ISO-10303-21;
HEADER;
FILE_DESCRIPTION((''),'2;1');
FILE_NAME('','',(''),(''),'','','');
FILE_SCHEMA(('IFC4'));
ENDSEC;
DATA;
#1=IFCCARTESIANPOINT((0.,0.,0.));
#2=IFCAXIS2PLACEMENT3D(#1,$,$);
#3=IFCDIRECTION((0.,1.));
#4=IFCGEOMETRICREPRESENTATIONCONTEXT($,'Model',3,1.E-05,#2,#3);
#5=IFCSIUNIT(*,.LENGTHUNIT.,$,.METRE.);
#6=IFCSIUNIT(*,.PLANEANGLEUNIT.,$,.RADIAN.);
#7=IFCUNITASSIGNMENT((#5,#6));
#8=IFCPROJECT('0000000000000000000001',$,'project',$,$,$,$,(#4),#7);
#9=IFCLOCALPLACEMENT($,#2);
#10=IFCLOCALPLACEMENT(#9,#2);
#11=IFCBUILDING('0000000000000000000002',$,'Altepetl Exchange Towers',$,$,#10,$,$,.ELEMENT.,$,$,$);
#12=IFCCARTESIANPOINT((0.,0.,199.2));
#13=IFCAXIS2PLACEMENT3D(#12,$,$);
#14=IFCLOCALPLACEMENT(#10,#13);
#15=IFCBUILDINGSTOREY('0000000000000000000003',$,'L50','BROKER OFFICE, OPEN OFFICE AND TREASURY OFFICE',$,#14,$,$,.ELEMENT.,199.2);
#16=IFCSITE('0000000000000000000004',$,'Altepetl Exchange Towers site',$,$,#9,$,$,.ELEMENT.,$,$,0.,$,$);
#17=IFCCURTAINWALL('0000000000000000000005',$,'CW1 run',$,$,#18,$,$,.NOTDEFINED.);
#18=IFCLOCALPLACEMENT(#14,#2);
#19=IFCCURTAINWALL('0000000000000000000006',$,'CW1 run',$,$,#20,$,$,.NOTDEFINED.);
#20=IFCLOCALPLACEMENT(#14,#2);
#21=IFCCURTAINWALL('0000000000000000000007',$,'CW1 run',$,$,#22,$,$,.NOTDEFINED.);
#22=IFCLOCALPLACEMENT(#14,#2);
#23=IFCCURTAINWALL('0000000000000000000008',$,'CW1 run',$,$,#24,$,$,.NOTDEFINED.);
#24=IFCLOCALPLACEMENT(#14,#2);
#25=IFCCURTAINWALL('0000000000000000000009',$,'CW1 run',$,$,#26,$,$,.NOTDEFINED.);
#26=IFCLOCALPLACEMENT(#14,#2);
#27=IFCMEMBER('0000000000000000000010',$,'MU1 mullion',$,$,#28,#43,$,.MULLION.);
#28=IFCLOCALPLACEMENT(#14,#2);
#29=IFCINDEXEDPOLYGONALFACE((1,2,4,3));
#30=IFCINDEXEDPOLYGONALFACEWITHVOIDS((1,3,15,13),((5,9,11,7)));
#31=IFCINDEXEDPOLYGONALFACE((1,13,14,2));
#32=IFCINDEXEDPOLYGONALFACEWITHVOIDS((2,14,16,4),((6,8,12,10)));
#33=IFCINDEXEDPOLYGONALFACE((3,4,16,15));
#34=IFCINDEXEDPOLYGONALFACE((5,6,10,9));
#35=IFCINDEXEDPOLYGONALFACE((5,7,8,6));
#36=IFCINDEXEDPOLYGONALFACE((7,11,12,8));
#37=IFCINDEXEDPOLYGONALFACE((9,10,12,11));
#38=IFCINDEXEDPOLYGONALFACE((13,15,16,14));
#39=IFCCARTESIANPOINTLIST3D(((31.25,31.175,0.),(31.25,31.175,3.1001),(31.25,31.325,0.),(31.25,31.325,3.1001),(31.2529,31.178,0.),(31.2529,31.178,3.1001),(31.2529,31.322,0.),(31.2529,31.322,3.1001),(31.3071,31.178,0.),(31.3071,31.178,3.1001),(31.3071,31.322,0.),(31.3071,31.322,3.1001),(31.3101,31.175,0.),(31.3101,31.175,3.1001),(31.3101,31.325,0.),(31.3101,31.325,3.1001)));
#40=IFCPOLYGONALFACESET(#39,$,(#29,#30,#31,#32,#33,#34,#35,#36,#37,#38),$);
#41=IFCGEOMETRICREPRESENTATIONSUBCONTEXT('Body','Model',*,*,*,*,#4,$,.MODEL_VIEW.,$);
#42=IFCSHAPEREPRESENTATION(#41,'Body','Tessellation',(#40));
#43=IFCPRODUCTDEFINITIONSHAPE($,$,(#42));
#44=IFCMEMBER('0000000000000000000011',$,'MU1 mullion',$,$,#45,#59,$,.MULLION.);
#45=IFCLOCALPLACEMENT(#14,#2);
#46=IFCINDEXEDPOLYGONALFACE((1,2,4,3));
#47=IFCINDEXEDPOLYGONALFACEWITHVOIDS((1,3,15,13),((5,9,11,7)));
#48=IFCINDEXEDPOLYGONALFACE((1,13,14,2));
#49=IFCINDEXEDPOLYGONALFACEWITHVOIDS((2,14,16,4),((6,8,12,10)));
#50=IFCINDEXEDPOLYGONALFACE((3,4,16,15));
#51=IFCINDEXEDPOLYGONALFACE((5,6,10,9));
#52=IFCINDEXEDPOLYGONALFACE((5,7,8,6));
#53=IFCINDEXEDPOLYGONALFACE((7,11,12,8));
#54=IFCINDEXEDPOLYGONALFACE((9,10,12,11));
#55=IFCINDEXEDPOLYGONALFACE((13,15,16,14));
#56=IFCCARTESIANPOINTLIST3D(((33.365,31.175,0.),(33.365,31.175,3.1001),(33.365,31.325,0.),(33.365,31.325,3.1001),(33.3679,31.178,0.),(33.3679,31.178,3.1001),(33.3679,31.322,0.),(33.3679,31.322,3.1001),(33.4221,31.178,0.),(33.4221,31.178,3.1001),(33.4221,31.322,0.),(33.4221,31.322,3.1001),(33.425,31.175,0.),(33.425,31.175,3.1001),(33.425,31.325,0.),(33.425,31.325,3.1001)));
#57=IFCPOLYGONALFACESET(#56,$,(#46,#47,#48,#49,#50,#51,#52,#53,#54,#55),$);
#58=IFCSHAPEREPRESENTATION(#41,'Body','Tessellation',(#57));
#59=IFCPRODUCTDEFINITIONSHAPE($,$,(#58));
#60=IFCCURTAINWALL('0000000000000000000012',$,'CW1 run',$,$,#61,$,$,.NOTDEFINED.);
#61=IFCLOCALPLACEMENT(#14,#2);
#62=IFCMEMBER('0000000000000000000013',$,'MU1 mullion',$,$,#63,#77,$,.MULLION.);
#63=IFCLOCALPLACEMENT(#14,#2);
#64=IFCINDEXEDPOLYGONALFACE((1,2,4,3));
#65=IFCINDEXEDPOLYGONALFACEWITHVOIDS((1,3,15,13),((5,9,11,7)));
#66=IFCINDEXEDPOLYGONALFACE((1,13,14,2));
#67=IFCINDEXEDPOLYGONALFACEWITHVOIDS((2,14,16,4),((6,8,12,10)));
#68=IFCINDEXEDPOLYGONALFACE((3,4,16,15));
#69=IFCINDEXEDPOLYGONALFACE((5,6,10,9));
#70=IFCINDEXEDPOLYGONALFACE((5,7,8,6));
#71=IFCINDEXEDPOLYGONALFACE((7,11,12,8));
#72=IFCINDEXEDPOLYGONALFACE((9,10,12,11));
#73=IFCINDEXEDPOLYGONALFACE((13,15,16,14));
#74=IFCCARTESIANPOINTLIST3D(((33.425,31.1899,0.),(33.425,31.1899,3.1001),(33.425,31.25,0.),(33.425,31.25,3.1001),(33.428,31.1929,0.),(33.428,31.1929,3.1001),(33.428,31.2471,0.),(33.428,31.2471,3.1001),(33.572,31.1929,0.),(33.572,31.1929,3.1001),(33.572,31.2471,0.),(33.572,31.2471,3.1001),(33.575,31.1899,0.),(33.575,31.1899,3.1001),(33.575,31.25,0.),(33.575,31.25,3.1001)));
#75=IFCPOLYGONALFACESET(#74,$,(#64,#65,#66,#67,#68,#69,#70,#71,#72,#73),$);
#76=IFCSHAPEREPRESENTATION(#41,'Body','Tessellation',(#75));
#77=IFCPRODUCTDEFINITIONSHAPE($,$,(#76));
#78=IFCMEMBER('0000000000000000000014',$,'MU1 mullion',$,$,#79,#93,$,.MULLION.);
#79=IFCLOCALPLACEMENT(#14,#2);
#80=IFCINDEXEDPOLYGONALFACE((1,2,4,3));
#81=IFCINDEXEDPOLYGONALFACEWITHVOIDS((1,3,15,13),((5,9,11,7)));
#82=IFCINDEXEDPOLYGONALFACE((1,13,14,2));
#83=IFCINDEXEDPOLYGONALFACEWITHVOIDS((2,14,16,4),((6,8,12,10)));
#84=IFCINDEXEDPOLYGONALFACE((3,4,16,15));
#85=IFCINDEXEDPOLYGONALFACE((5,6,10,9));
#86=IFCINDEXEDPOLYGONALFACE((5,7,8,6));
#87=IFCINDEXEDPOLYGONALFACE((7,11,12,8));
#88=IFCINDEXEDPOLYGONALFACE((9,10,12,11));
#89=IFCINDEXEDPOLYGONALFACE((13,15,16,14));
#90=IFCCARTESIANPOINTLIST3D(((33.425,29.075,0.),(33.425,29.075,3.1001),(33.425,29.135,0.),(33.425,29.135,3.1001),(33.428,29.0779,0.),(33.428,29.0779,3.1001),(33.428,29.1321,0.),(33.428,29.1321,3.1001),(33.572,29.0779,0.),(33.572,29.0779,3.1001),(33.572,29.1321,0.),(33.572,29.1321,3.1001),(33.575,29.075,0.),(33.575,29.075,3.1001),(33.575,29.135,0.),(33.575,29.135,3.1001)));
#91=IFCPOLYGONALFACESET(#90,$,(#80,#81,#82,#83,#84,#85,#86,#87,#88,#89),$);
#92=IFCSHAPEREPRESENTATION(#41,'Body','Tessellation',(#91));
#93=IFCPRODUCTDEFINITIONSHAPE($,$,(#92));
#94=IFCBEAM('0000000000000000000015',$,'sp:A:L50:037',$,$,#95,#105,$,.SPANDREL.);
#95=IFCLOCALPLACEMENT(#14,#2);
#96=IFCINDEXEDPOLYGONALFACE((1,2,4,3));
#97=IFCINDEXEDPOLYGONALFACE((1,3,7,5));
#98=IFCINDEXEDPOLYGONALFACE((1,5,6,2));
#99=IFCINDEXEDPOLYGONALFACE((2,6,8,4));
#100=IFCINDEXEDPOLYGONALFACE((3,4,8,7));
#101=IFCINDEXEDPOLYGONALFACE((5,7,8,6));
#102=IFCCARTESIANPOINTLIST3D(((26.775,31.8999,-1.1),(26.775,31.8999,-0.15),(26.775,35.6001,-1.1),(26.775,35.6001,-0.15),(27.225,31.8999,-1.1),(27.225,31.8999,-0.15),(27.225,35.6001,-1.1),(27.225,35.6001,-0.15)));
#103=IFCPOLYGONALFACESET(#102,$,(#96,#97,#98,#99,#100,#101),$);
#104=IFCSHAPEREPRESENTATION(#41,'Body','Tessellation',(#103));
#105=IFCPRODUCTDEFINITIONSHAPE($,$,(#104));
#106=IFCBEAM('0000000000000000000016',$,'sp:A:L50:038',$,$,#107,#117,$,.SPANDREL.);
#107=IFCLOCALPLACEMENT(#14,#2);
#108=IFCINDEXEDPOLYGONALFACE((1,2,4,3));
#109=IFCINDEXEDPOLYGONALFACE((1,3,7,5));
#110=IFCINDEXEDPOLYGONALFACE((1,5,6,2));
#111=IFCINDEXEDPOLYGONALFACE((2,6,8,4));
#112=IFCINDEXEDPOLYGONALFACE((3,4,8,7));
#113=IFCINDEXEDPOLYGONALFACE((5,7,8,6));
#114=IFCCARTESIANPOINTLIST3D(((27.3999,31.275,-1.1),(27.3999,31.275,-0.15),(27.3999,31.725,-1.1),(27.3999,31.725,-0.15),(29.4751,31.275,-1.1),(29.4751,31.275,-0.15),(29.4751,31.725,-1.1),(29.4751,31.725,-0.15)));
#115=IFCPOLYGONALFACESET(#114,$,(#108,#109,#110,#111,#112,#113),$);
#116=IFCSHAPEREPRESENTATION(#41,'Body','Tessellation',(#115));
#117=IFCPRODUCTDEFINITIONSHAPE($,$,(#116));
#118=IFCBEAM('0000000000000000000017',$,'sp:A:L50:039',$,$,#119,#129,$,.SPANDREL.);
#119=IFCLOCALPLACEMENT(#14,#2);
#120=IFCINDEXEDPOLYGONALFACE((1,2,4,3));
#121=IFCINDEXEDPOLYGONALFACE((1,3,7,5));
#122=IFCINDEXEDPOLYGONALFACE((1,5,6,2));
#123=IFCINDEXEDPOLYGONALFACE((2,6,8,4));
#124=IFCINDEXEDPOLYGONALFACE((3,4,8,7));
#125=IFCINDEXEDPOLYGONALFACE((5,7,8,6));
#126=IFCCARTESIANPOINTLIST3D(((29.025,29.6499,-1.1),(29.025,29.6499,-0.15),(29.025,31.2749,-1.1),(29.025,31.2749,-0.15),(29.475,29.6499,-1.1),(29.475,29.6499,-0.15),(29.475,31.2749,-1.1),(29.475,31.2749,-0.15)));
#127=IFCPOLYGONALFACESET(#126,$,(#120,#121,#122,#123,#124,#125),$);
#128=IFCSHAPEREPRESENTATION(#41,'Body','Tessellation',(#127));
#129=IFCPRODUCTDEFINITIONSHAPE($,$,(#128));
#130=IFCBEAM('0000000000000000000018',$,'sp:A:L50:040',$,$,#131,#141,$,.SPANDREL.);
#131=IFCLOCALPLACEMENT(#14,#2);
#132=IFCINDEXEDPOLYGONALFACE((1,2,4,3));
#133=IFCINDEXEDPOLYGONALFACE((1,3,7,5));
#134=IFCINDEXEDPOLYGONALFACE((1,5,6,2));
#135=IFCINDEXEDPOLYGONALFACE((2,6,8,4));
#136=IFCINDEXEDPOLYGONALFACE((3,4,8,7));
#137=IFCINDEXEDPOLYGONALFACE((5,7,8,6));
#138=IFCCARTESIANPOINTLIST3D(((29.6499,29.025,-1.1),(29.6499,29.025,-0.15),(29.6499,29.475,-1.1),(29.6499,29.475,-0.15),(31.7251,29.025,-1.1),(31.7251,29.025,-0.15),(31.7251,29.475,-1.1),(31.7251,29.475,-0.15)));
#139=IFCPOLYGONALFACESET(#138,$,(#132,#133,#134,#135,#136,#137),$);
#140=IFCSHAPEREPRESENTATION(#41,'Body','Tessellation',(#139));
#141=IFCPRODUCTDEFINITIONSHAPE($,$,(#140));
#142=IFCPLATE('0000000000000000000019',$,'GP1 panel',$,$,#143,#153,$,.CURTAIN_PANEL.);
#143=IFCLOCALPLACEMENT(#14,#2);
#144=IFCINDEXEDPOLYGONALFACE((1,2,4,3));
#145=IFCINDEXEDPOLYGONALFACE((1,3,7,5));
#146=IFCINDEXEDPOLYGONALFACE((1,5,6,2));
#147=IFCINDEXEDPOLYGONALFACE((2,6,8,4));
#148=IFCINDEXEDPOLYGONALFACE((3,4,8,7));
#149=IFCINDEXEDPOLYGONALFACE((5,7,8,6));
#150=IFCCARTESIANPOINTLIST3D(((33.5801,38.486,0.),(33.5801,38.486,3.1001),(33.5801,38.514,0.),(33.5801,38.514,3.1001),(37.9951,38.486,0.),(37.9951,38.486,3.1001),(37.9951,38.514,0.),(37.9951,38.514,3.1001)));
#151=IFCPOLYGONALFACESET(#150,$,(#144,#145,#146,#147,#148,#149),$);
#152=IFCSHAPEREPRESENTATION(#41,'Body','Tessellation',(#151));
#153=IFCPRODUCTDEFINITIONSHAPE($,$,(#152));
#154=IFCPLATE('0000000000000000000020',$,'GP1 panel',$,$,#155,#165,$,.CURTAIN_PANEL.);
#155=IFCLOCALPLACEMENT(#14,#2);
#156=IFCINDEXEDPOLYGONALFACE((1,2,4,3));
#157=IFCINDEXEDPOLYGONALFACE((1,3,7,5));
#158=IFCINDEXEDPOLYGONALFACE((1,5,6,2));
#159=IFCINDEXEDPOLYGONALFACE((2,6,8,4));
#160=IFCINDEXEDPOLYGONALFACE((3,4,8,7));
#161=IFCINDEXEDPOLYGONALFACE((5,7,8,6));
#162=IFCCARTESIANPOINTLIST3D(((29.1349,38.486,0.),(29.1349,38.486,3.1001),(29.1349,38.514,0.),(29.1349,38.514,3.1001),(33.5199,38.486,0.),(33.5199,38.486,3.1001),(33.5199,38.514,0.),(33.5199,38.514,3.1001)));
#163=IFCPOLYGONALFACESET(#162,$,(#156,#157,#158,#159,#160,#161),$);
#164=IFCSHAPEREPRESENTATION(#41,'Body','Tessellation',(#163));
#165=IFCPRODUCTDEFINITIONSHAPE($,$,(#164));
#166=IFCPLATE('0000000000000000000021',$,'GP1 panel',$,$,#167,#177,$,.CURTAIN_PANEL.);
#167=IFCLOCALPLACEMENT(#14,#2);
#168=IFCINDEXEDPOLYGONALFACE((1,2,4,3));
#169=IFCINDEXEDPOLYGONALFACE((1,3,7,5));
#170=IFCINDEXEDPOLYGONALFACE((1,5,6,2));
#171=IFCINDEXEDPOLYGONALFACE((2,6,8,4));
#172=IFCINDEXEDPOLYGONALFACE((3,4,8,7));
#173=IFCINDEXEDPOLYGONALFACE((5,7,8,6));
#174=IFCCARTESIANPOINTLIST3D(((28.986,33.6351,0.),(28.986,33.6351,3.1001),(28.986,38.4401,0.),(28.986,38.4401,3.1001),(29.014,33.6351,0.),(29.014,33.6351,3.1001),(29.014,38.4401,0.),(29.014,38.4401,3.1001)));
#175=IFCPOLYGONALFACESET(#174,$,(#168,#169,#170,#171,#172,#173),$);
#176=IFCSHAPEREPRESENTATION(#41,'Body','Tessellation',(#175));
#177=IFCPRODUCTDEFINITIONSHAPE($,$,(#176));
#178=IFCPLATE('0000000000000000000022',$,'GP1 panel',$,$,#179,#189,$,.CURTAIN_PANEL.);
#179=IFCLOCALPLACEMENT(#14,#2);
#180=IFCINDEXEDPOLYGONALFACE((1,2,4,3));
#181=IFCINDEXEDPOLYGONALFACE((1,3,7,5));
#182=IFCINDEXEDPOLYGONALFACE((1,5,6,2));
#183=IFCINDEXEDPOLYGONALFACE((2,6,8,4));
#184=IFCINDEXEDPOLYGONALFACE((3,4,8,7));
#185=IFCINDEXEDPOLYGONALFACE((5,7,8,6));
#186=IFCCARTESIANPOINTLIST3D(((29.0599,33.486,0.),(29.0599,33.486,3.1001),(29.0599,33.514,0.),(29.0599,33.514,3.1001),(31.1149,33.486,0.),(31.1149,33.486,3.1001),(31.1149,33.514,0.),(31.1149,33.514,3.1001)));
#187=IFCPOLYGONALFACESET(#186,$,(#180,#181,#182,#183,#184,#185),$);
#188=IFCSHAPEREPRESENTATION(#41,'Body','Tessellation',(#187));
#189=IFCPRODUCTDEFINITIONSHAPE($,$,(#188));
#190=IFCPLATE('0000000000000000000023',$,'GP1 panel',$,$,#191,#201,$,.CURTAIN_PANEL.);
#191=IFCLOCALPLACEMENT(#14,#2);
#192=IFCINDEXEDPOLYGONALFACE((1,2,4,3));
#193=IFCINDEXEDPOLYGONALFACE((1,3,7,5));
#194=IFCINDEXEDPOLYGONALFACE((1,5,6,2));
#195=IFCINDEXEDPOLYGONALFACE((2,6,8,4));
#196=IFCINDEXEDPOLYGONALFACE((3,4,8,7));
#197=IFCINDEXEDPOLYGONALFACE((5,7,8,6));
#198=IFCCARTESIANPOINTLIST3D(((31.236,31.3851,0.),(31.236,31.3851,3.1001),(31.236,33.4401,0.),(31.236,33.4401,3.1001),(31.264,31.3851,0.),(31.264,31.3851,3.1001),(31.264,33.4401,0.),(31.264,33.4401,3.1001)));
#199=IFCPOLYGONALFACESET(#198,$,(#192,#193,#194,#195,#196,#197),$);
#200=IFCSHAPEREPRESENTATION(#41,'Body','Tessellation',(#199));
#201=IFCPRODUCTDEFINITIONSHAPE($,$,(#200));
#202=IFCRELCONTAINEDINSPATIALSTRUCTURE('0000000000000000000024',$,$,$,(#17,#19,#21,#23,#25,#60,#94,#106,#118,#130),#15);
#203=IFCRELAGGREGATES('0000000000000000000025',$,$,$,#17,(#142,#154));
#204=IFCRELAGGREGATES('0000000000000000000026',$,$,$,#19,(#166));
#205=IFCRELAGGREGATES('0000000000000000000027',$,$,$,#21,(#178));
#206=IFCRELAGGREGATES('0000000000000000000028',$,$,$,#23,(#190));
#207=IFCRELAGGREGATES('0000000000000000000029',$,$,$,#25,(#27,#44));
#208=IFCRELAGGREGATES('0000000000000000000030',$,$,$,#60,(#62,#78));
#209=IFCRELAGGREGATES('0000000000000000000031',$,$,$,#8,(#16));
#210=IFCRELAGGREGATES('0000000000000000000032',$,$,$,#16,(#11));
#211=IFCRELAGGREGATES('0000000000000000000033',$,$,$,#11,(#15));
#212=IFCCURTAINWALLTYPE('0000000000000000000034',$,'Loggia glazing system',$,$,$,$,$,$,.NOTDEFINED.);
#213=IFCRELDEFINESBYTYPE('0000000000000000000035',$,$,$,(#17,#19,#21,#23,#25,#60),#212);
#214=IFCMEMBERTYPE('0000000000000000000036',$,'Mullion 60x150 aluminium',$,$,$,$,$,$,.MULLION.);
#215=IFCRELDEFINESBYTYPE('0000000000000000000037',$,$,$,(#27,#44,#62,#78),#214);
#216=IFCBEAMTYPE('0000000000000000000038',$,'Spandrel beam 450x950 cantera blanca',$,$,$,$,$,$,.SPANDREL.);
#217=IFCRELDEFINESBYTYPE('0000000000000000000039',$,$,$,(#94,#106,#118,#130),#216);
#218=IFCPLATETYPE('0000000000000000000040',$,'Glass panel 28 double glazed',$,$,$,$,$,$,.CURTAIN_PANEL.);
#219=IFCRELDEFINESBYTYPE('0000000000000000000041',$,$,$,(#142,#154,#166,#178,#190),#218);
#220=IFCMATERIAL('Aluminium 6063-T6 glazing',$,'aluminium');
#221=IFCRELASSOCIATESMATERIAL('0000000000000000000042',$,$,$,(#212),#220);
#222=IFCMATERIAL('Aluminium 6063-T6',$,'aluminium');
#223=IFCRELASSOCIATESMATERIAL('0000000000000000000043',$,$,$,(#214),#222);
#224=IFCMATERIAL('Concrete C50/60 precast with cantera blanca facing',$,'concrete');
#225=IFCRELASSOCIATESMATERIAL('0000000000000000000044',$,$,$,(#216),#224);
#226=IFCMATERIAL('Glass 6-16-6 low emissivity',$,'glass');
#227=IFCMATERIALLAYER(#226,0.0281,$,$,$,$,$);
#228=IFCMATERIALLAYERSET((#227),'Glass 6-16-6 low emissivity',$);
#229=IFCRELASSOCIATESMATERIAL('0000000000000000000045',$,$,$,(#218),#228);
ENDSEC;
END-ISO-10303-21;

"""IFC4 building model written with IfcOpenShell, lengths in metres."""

from ifc_helpers import new_model, si_unit, direction, frame, origin, origin_2d, place, context, subcontext, project, spatial, rectangle, hollow_rectangle, extrude, material, layer, layer_set, material_profile, profile_set, type_object, element, aggregate, save


model = new_model("IFC4")

# Units and contexts
model_context = context("Model", 3, precision=1e-05, world=origin(), true_north=direction((0.0, 1.0)))
body_context = subcontext(model_context, "Body", "Model", "MODEL_VIEW")
ifc_project = project(units=[si_unit("LENGTHUNIT", "METRE"), si_unit("PLANEANGLEUNIT", "RADIAN")], contexts=[model_context])

# Site, building, storey
site_placement = place(None, origin())
site = spatial("IfcSite", under=ifc_project, at=site_placement, Name="Altepetl Exchange Towers site", CompositionType="ELEMENT", RefElevation=0.0)
building_placement = place(site_placement, origin())
building = spatial("IfcBuilding", under=site, at=building_placement, Name="Altepetl Exchange Towers", CompositionType="ELEMENT")
storey_placement = place(building_placement, frame((0.0, 0.0, 199.2)))
storey = spatial("IfcBuildingStorey", under=building, at=storey_placement, Name="L50", Description="BROKER OFFICE, OPEN OFFICE AND TREASURY OFFICE", CompositionType="ELEMENT", Elevation=199.2)

# Curtain walls, members
ifc_material_1 = material(Name="Aluminium 6063-T6 glazing", Category="aluminium")
curtain_wall_type = type_object("IfcCurtainWallType", Name="Loggia glazing system", PredefinedType="NOTDEFINED", material=ifc_material_1)
curtain_wall_1_placement = place(storey_placement, origin())
curtain_wall_1 = element("IfcCurtainWall", 1, at=curtain_wall_1_placement, inside=storey, type_object=curtain_wall_type, Name="CW1 run", PredefinedType="NOTDEFINED")
ifc_material_2 = material(Name="Aluminium 6063-T6", Category="aluminium")
ifc_material_profile_1 = material_profile(ifc_material_2, hollow_rectangle(XDim=0.0601, YDim=0.1499, WallThickness=0.0029, at=origin_2d()), Name="Mullion 60x150 aluminium")
ifc_profile_set_1 = profile_set([ifc_material_profile_1], Name="Aluminium 6063-T6")
member_type = type_object("IfcMemberType", Name="Mullion 60x150 aluminium", PredefinedType="MULLION", material=ifc_profile_set_1)
curtain_wall_2_placement = place(storey_placement, origin())
curtain_wall_2 = element("IfcCurtainWall", 2, at=curtain_wall_2_placement, inside=storey, type_object=curtain_wall_type, Name="CW1 run", PredefinedType="NOTDEFINED")
curtain_wall_3_placement = place(storey_placement, origin())
curtain_wall_3 = element("IfcCurtainWall", 3, at=curtain_wall_3_placement, inside=storey, type_object=curtain_wall_type, Name="CW1 run", PredefinedType="NOTDEFINED")
curtain_wall_4_placement = place(storey_placement, origin())
curtain_wall_4 = element("IfcCurtainWall", 4, at=curtain_wall_4_placement, inside=storey, type_object=curtain_wall_type, Name="CW1 run", PredefinedType="NOTDEFINED")
curtain_wall_5_placement = place(storey_placement, origin())
curtain_wall_5 = element("IfcCurtainWall", 5, at=curtain_wall_5_placement, inside=storey, type_object=curtain_wall_type, Name="CW1 run", PredefinedType="NOTDEFINED")
member_1_placement = place(storey_placement, frame((31.28, 31.25, 0.0)))
member_1 = element("IfcMember", 6, at=member_1_placement, type_object=member_type, Name="MU1 mullion", PredefinedType="MULLION", context=body_context, shape_type="SweptSolid", body=[
    extrude(hollow_rectangle(XDim=0.0601, YDim=0.1499, WallThickness=0.0029, at=origin_2d()), origin(), (0.0, 0.0, 1.0), 3.1001),
])
member_2_placement = place(storey_placement, frame((33.395, 31.25, 0.0)))
member_2 = element("IfcMember", 7, at=member_2_placement, type_object=member_type, Name="MU1 mullion", PredefinedType="MULLION", context=body_context, shape_type="SweptSolid", body=[
    extrude(hollow_rectangle(XDim=0.0601, YDim=0.1499, WallThickness=0.0029, at=origin_2d()), origin(), (0.0, 0.0, 1.0), 3.1001),
])
curtain_wall_6_placement = place(storey_placement, origin())
curtain_wall_6 = element("IfcCurtainWall", 8, at=curtain_wall_6_placement, inside=storey, type_object=curtain_wall_type, Name="CW1 run", PredefinedType="NOTDEFINED")
member_3_placement = place(storey_placement, frame((33.5, 31.22, 0.0), z_axis=(0.0, 0.0, 1.0), x_axis=(0.0, -1.0, 0.0)))
member_3 = element("IfcMember", 9, at=member_3_placement, type_object=member_type, Name="MU1 mullion", PredefinedType="MULLION", context=body_context, shape_type="SweptSolid", body=[
    extrude(hollow_rectangle(XDim=0.0601, YDim=0.1499, WallThickness=0.0029, at=origin_2d()), origin(), (0.0, 0.0, 1.0), 3.1001),
])
member_4_placement = place(storey_placement, frame((33.5, 29.105, 0.0), z_axis=(0.0, 0.0, 1.0), x_axis=(0.0, -1.0, 0.0)))
member_4 = element("IfcMember", 10, at=member_4_placement, type_object=member_type, Name="MU1 mullion", PredefinedType="MULLION", context=body_context, shape_type="SweptSolid", body=[
    extrude(hollow_rectangle(XDim=0.0601, YDim=0.1499, WallThickness=0.0029, at=origin_2d()), origin(), (0.0, 0.0, 1.0), 3.1001),
])

# Beams
ifc_material_3 = material(Name="Concrete C50/60 precast with cantera blanca facing", Category="concrete")
ifc_material_profile_2 = material_profile(ifc_material_3, rectangle(XDim=0.45, YDim=0.95, at=origin_2d()), Name="450 x 950")
ifc_profile_set_2 = profile_set([ifc_material_profile_2], Name="Concrete C50/60 precast with cantera blanca facing")
beam_type_1 = type_object("IfcBeamType", Name="Spandrel beam 450x950 cantera blanca", PredefinedType="SPANDREL", material=ifc_profile_set_2)
beam_1_placement = place(storey_placement, frame((27.0, 35.6001, -0.625), z_axis=(0.0, -1.0, 0.0), x_axis=(1.0, 0.0, 0.0)))
element("IfcBeam", 11, at=beam_1_placement, inside=storey, type_object=beam_type_1, Name="sp:A:L50:037", PredefinedType="SPANDREL", context=body_context, shape_type="SweptSolid", body=[
    extrude(rectangle(XDim=0.45, YDim=0.95, at=origin_2d()), origin(), (0.0, 0.0, 1.0), 3.7002),
])
beam_2_placement = place(storey_placement, frame((27.3999, 31.5, -0.625), z_axis=(1.0, 0.0, 0.0), x_axis=(0.0, 1.0, 0.0)))
element("IfcBeam", 12, at=beam_2_placement, inside=storey, type_object=beam_type_1, Name="sp:A:L50:038", PredefinedType="SPANDREL", context=body_context, shape_type="SweptSolid", body=[
    extrude(rectangle(XDim=0.45, YDim=0.95, at=origin_2d()), origin(), (0.0, 0.0, 1.0), 2.0752),
])
beam_3_placement = place(storey_placement, frame((29.25, 31.2749, -0.625), z_axis=(0.0, -1.0, 0.0), x_axis=(1.0, 0.0, 0.0)))
element("IfcBeam", 13, at=beam_3_placement, inside=storey, type_object=beam_type_1, Name="sp:A:L50:039", PredefinedType="SPANDREL", context=body_context, shape_type="SweptSolid", body=[
    extrude(rectangle(XDim=0.45, YDim=0.95, at=origin_2d()), origin(), (0.0, 0.0, 1.0), 1.625),
])
beam_4_placement = place(storey_placement, frame((29.6499, 29.25, -0.625), z_axis=(1.0, 0.0, 0.0), x_axis=(0.0, 1.0, 0.0)))
element("IfcBeam", 14, at=beam_4_placement, inside=storey, type_object=beam_type_1, Name="sp:A:L50:040", PredefinedType="SPANDREL", context=body_context, shape_type="SweptSolid", body=[
    extrude(rectangle(XDim=0.45, YDim=0.95, at=origin_2d()), origin(), (0.0, 0.0, 1.0), 2.0752),
])

# Plates
ifc_material_4 = material(Name="Glass 6-16-6 low emissivity", Category="glass")
ifc_layer = layer(ifc_material_4, 0.0281)
ifc_layer_set = layer_set([ifc_layer], Name="Glass 6-16-6 low emissivity")
plate_type = type_object("IfcPlateType", Name="Glass panel 28 double glazed", PredefinedType="CURTAIN_PANEL", material=ifc_layer_set)
plate_1_placement = place(storey_placement, frame((35.7876, 38.5, 0.0), z_axis=(0.0, 0.0, 1.0), x_axis=(-1.0, 0.0, 0.0)))
plate_1 = element("IfcPlate", 15, at=plate_1_placement, type_object=plate_type, Name="GP1 panel", PredefinedType="CURTAIN_PANEL", context=body_context, shape_type="SweptSolid", body=[
    extrude(rectangle(XDim=4.415, YDim=0.0281, at=origin_2d()), origin(), (0.0, 0.0, 1.0), 3.1001),
])
plate_2_placement = place(storey_placement, frame((31.3274, 38.5, 0.0), z_axis=(0.0, 0.0, 1.0), x_axis=(-1.0, 0.0, 0.0)))
plate_2 = element("IfcPlate", 16, at=plate_2_placement, type_object=plate_type, Name="GP1 panel", PredefinedType="CURTAIN_PANEL", context=body_context, shape_type="SweptSolid", body=[
    extrude(rectangle(XDim=4.385, YDim=0.0281, at=origin_2d()), origin(), (0.0, 0.0, 1.0), 3.1001),
])
aggregate(curtain_wall_1, [plate_1, plate_2])
plate_3_placement = place(storey_placement, frame((29.0, 36.0376, 0.0), z_axis=(0.0, 0.0, 1.0), x_axis=(0.0, -1.0, 0.0)))
plate_3 = element("IfcPlate", 17, at=plate_3_placement, type_object=plate_type, Name="GP1 panel", PredefinedType="CURTAIN_PANEL", context=body_context, shape_type="SweptSolid", body=[
    extrude(rectangle(XDim=4.8049, YDim=0.0281, at=origin_2d()), origin(), (0.0, 0.0, 1.0), 3.1001),
])
aggregate(curtain_wall_2, [plate_3])
plate_4_placement = place(storey_placement, frame((30.0874, 33.5, 0.0)))
plate_4 = element("IfcPlate", 18, at=plate_4_placement, type_object=plate_type, Name="GP1 panel", PredefinedType="CURTAIN_PANEL", context=body_context, shape_type="SweptSolid", body=[
    extrude(rectangle(XDim=2.0549, YDim=0.0281, at=origin_2d()), origin(), (0.0, 0.0, 1.0), 3.1001),
])
aggregate(curtain_wall_3, [plate_4])
plate_5_placement = place(storey_placement, frame((31.25, 32.4126, 0.0), z_axis=(0.0, 0.0, 1.0), x_axis=(0.0, -1.0, 0.0)))
plate_5 = element("IfcPlate", 19, at=plate_5_placement, type_object=plate_type, Name="GP1 panel", PredefinedType="CURTAIN_PANEL", context=body_context, shape_type="SweptSolid", body=[
    extrude(rectangle(XDim=2.0549, YDim=0.0281, at=origin_2d()), origin(), (0.0, 0.0, 1.0), 3.1001),
])
aggregate(curtain_wall_4, [plate_5])
aggregate(curtain_wall_5, [member_1, member_2])
aggregate(curtain_wall_6, [member_3, member_4])

save(model, "model.ifc")
